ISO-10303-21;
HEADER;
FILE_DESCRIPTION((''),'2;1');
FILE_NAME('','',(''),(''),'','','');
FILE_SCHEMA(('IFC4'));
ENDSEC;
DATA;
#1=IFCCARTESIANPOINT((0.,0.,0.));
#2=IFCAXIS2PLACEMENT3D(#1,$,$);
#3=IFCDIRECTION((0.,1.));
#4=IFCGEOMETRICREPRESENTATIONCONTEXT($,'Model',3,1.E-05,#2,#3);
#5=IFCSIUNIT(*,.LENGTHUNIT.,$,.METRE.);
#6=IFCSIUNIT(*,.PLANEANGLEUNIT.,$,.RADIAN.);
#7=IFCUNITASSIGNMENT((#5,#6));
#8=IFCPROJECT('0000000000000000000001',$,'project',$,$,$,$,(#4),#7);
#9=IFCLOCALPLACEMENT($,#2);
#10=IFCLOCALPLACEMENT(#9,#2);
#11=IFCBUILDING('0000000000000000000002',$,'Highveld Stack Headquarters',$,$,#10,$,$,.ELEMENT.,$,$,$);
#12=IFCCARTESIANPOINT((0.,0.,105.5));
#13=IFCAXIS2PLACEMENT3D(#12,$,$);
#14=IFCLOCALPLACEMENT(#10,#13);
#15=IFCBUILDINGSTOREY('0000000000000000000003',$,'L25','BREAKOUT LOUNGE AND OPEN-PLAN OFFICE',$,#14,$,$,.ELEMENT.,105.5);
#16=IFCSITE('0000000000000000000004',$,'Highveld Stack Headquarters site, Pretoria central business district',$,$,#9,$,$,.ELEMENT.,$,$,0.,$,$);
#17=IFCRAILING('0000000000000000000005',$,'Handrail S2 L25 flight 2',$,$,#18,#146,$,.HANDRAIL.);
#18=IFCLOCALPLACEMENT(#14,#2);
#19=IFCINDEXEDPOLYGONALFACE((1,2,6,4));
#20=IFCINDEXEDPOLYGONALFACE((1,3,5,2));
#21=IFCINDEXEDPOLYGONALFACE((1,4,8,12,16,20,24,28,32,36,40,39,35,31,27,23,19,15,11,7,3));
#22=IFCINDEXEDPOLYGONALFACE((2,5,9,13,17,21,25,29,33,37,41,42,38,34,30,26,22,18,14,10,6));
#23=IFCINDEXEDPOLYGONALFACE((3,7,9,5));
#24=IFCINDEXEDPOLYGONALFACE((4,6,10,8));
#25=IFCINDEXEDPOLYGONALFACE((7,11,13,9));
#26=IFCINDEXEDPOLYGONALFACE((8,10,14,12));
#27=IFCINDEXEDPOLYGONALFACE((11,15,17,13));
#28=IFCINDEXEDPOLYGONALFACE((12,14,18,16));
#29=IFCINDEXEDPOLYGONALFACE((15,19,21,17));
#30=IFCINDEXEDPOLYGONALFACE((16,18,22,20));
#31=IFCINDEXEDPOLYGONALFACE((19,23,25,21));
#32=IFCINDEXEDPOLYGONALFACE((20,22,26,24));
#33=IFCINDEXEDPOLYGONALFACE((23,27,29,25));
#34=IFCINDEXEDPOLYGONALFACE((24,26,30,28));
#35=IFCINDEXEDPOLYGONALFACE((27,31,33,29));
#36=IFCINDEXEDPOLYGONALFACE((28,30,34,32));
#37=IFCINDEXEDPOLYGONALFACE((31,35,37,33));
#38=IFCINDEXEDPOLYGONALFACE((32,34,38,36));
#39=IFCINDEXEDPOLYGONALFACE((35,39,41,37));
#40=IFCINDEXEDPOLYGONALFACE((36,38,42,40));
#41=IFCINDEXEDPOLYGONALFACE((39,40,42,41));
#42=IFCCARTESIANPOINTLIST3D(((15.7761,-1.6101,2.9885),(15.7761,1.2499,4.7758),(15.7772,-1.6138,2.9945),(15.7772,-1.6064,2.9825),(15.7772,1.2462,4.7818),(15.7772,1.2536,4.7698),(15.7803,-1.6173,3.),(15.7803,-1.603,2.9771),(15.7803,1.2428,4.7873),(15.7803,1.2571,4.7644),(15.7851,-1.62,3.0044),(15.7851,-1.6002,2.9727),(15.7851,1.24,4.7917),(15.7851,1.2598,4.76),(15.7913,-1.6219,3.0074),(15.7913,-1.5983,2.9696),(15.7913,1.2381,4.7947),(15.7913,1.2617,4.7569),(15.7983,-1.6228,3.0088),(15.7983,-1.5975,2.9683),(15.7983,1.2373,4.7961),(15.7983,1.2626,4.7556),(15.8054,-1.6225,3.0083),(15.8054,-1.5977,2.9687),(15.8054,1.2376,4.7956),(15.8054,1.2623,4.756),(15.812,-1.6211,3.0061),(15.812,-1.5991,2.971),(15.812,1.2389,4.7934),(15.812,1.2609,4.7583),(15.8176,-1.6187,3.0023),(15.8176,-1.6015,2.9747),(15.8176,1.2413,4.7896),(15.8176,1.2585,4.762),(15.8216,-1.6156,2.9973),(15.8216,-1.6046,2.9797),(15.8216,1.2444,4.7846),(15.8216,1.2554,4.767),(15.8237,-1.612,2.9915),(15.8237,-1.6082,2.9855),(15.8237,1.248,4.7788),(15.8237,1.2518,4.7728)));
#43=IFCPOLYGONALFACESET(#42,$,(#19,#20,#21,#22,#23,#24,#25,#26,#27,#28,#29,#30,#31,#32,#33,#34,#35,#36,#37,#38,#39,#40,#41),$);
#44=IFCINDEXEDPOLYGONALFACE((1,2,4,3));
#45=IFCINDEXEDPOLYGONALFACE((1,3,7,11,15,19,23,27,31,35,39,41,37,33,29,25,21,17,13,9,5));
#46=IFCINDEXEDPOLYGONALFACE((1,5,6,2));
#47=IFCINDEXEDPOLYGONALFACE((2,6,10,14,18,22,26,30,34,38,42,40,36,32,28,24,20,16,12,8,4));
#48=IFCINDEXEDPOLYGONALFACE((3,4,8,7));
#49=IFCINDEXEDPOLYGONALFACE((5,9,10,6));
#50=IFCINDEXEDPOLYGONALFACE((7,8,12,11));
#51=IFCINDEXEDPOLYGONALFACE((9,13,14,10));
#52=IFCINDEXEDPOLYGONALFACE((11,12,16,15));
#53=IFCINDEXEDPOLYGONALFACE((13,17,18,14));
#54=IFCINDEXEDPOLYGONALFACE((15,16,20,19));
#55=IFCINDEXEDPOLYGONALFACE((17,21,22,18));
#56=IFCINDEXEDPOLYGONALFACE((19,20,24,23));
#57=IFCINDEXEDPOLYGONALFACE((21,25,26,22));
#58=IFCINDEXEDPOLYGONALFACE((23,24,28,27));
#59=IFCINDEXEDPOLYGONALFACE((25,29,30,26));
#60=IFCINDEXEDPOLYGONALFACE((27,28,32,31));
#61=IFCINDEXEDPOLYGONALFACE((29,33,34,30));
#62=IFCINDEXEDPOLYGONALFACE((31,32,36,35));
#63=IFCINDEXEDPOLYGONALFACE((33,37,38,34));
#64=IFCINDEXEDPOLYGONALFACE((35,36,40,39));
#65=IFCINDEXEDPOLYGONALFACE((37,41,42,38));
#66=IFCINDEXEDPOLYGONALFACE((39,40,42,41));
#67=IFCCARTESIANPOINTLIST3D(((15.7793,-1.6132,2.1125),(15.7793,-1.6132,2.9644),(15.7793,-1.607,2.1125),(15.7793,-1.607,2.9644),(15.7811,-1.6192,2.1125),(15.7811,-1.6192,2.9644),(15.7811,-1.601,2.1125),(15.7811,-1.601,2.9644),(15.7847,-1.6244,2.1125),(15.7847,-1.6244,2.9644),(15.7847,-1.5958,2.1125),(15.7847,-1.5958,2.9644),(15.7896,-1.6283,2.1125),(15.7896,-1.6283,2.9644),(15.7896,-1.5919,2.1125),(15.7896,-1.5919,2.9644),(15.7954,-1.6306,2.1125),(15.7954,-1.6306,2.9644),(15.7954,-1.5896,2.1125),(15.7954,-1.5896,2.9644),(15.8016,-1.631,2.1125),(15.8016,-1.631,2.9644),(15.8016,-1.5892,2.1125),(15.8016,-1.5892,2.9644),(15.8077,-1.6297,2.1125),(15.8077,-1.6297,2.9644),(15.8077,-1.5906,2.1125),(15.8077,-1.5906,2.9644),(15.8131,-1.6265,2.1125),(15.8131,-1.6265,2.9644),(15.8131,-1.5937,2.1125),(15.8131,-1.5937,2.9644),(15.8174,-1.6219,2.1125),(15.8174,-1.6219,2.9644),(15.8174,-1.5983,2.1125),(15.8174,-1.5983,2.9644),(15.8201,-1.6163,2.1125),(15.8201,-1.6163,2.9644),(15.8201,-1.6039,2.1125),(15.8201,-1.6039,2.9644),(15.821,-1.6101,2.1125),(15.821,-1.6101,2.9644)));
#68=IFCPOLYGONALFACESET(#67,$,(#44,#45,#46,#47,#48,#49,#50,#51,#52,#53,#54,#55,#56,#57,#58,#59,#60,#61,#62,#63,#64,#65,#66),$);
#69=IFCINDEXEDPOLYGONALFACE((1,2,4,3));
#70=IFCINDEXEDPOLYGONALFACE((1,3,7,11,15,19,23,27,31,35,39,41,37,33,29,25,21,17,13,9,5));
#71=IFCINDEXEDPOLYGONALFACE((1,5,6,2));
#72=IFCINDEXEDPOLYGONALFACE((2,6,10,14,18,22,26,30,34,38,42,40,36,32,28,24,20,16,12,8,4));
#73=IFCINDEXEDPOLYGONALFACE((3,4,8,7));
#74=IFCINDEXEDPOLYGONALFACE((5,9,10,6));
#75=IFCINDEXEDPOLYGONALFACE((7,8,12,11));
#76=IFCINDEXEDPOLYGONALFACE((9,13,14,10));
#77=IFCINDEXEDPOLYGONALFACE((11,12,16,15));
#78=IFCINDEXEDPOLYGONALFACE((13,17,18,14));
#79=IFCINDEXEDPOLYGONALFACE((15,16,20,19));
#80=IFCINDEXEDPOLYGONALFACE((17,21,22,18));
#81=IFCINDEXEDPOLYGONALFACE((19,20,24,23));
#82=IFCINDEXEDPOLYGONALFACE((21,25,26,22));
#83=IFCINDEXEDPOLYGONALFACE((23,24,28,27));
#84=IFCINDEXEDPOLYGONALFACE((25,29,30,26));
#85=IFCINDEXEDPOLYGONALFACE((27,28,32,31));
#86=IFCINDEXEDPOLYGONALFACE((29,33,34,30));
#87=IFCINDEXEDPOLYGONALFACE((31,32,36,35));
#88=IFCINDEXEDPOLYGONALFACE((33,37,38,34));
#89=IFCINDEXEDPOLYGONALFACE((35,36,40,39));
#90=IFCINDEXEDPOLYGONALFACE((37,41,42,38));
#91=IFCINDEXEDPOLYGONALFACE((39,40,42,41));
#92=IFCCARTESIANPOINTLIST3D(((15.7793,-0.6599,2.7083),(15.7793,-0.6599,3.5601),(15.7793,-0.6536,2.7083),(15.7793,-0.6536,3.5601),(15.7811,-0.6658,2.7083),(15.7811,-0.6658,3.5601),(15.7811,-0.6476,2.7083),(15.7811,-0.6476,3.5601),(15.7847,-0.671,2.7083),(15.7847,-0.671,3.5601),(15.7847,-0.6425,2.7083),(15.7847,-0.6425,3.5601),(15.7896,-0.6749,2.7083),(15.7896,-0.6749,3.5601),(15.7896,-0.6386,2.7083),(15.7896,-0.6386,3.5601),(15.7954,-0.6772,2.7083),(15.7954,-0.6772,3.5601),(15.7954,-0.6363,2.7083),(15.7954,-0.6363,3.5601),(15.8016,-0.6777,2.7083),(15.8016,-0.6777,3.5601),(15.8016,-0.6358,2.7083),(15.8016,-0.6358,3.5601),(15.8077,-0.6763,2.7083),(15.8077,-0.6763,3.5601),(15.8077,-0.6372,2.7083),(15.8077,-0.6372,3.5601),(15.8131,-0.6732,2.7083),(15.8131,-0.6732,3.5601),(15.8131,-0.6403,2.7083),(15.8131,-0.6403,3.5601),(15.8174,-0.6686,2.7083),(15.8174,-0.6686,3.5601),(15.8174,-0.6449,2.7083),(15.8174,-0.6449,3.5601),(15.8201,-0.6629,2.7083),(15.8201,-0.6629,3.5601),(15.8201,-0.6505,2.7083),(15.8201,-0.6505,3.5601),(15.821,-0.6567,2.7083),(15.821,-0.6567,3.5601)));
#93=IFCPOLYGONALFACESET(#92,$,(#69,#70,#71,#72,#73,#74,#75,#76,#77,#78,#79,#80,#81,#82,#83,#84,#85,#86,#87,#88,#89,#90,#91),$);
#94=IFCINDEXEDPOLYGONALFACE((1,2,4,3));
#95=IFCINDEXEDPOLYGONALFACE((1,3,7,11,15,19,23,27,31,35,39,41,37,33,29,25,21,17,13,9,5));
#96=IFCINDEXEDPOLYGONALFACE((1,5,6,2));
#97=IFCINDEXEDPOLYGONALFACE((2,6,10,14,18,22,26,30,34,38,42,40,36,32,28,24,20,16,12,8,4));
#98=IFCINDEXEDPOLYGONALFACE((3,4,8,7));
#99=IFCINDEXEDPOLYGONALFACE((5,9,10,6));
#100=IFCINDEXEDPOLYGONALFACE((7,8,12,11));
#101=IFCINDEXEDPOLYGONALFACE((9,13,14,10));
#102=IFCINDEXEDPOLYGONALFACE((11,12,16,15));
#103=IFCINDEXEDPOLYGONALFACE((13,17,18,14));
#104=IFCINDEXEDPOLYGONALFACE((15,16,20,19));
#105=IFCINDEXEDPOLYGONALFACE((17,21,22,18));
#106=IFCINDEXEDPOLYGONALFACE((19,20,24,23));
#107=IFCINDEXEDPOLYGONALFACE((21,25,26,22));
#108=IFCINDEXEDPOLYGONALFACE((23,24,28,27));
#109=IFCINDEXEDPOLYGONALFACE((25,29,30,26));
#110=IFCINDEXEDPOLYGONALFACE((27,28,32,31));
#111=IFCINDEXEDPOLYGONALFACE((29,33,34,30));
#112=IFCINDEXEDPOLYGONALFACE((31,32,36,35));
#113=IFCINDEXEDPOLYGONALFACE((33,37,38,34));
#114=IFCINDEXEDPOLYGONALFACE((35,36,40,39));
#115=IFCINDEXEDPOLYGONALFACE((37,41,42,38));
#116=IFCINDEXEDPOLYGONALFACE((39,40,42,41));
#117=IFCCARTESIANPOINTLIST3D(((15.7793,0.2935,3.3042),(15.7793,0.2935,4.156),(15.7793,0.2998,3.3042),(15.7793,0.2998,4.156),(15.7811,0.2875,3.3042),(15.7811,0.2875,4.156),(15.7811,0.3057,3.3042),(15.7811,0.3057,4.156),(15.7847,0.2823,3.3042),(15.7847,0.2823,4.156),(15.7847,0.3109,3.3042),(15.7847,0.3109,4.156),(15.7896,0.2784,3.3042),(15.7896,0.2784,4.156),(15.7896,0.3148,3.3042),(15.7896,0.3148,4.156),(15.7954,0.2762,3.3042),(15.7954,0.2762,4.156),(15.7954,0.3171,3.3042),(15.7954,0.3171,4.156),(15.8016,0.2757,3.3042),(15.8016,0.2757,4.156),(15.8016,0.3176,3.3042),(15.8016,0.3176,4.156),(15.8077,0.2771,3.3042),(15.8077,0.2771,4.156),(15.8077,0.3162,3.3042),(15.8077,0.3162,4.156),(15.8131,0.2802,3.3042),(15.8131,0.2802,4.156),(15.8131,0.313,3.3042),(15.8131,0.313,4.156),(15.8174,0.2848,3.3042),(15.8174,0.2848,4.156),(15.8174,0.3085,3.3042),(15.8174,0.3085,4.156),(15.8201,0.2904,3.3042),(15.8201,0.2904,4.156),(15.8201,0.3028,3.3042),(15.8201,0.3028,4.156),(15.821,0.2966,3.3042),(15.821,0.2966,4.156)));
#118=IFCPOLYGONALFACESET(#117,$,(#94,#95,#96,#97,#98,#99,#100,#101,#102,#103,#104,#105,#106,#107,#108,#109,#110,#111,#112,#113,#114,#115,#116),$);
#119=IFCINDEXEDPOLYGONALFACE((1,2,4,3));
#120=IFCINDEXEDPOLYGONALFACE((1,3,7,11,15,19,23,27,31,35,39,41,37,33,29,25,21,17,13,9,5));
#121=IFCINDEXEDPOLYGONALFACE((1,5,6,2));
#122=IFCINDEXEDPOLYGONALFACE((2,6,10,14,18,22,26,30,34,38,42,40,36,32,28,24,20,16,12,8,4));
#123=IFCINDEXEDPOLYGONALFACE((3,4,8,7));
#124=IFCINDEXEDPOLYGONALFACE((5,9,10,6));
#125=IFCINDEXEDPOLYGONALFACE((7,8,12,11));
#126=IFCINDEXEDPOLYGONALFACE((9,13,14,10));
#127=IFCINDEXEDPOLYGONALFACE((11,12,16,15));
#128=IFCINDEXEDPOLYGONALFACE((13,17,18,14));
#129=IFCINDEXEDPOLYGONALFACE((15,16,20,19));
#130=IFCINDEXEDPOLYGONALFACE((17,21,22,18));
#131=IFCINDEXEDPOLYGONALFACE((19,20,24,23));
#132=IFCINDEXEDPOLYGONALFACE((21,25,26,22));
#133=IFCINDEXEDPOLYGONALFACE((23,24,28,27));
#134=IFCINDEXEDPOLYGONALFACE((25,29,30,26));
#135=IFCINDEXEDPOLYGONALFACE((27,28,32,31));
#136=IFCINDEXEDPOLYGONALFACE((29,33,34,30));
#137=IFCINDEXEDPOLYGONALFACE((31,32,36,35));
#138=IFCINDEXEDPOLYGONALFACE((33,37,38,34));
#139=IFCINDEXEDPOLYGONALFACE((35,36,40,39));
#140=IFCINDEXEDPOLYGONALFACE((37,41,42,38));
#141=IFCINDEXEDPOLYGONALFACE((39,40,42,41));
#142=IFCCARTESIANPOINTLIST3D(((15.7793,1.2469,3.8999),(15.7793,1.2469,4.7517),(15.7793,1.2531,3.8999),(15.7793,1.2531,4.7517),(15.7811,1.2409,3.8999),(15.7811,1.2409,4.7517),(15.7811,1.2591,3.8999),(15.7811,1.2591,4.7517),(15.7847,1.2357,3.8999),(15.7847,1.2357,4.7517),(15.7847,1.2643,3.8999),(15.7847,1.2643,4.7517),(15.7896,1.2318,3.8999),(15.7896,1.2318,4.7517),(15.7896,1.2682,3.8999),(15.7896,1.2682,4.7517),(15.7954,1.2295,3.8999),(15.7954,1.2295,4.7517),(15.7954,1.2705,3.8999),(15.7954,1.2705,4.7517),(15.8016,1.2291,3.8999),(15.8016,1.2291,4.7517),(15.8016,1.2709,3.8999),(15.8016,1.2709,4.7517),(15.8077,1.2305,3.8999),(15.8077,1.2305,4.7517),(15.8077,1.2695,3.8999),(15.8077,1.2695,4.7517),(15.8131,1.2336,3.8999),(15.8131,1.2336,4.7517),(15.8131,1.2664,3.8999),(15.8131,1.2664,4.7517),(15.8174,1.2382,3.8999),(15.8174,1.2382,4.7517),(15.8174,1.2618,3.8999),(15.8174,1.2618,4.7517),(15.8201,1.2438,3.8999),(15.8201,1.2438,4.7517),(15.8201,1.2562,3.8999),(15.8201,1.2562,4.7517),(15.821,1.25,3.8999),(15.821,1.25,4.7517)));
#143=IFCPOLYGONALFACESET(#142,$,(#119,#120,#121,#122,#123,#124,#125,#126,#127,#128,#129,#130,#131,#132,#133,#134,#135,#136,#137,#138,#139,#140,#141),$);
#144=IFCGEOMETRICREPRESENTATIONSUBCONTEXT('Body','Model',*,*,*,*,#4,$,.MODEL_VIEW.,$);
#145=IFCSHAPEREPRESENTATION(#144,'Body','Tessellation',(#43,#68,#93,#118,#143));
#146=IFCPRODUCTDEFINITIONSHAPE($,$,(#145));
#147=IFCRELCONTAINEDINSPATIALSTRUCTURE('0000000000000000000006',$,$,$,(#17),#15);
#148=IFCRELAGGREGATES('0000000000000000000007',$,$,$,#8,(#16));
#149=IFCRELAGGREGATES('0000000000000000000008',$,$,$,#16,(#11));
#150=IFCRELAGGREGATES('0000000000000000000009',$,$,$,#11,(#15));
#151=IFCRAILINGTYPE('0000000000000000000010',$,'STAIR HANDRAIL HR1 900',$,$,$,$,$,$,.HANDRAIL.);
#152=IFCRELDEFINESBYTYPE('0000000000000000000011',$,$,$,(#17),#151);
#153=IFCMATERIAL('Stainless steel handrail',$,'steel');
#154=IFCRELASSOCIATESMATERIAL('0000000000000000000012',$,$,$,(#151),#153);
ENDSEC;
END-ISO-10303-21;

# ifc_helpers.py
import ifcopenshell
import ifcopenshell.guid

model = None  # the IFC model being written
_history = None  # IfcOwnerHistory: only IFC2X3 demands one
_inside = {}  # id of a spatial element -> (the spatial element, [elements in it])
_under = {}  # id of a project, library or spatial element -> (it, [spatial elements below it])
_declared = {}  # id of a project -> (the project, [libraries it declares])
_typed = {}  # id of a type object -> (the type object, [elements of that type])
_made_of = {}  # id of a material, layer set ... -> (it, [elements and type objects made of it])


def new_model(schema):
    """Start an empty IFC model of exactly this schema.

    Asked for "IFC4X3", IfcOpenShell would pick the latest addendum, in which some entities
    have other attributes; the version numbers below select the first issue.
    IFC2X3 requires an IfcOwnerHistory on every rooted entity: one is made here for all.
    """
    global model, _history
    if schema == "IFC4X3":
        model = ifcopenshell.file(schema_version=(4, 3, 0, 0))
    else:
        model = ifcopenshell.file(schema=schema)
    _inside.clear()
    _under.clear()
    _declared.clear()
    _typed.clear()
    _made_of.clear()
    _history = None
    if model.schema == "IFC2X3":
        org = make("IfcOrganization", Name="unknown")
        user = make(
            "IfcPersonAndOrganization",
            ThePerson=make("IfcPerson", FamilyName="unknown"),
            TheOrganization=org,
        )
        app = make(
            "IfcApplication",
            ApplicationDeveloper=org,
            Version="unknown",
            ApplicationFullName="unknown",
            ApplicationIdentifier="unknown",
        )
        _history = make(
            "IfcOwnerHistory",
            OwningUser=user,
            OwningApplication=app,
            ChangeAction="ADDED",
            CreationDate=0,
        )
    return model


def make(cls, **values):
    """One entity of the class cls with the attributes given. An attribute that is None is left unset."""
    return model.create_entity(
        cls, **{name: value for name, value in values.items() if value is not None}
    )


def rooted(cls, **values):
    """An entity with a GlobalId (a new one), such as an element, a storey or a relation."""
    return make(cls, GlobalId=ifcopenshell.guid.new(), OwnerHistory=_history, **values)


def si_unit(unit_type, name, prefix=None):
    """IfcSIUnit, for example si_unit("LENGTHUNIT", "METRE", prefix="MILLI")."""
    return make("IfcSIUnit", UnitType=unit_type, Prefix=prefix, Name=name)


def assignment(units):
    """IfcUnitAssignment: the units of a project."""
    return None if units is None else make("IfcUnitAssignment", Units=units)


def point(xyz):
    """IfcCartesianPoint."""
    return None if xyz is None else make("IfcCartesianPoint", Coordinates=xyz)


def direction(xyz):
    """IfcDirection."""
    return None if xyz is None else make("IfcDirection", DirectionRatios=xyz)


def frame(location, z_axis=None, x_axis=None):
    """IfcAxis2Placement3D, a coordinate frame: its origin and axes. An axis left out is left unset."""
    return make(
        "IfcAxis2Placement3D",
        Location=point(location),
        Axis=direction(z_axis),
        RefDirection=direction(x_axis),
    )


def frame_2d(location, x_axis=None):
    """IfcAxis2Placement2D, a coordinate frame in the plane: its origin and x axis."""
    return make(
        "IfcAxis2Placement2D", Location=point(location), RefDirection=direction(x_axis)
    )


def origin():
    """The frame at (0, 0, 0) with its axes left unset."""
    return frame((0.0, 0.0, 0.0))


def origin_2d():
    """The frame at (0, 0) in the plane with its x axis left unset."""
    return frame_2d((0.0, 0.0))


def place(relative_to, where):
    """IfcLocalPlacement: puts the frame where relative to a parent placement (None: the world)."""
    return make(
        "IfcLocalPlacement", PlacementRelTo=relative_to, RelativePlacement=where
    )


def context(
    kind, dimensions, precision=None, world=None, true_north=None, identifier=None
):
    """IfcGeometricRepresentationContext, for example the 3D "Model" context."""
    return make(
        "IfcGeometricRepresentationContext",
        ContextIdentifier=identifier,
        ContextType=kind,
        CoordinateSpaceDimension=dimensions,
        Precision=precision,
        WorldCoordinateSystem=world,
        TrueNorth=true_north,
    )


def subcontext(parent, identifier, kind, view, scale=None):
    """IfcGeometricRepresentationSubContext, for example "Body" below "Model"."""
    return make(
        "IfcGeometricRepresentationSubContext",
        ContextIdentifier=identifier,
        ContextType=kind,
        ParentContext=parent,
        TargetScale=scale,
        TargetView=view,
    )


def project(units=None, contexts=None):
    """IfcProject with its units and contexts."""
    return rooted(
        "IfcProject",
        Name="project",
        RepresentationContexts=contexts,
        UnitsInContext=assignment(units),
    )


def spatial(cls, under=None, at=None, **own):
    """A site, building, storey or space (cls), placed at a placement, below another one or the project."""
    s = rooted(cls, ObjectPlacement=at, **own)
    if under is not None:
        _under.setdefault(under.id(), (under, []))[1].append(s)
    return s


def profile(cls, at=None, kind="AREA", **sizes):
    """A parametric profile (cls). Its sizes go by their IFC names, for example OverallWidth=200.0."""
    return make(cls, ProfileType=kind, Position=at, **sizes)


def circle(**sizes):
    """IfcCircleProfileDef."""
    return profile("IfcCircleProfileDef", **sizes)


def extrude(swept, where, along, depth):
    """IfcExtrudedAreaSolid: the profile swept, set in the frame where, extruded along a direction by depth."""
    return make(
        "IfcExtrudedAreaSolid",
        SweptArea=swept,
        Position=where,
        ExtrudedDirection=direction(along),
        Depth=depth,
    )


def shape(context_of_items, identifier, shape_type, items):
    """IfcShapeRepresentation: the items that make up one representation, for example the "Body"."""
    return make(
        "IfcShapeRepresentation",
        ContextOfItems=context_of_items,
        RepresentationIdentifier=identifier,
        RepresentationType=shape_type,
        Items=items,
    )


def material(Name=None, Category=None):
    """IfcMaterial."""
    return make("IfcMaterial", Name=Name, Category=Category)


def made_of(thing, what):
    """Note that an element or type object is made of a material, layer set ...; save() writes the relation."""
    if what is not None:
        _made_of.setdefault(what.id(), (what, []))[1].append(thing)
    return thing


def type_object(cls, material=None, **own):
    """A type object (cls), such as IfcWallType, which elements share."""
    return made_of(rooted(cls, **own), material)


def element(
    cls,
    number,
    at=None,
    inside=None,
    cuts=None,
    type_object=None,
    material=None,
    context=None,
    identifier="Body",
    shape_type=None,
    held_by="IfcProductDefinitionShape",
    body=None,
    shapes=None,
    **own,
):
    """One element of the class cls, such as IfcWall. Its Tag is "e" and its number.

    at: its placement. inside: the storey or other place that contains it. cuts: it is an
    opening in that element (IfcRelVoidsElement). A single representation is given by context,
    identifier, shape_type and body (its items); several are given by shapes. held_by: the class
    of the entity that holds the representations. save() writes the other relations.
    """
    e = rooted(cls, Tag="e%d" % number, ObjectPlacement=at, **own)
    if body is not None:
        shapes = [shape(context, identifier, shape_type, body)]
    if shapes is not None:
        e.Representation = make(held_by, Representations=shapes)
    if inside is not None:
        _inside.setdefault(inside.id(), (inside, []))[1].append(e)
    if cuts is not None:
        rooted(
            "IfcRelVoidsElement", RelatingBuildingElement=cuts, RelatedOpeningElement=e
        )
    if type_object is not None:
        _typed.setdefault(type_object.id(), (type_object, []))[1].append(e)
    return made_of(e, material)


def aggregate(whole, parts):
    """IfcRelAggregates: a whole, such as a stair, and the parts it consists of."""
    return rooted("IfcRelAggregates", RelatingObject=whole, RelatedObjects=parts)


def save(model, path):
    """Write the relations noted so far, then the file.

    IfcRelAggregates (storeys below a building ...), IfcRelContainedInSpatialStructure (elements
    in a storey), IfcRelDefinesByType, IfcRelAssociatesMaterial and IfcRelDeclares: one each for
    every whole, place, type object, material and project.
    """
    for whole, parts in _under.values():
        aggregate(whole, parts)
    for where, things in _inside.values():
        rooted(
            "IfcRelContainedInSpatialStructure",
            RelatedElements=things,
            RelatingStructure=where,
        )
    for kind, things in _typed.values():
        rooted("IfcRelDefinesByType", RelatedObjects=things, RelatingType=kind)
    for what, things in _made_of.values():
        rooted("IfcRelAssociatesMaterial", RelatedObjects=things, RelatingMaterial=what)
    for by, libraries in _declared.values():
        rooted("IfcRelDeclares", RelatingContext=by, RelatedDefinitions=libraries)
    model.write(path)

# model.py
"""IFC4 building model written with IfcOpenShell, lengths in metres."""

from ifc_helpers import new_model, si_unit, direction, frame, origin, origin_2d, place, context, subcontext, project, spatial, circle, extrude, material, type_object, element, save


model = new_model("IFC4")

# Units and contexts
model_context = context("Model", 3, precision=1e-05, world=origin(), true_north=direction((0.0, 1.0)))
body_context = subcontext(model_context, "Body", "Model", "MODEL_VIEW")
ifc_project = project(units=[si_unit("LENGTHUNIT", "METRE"), si_unit("PLANEANGLEUNIT", "RADIAN")], contexts=[model_context])

# Site, building, storey
site_placement = place(None, origin())
site = spatial("IfcSite", under=ifc_project, at=site_placement, Name="Highveld Stack Headquarters site, Pretoria central business district", CompositionType="ELEMENT", RefElevation=0.0)
building_placement = place(site_placement, origin())
building = spatial("IfcBuilding", under=site, at=building_placement, Name="Highveld Stack Headquarters", CompositionType="ELEMENT")
storey_placement = place(building_placement, frame((0.0, 0.0, 105.5)))
storey = spatial("IfcBuildingStorey", under=building, at=storey_placement, Name="L25", Description="BREAKOUT LOUNGE AND OPEN-PLAN OFFICE", CompositionType="ELEMENT", Elevation=105.5)

# Railing
ifc_material_1 = material(Name="Stainless steel handrail", Category="steel")
railing_type = type_object("IfcRailingType", Name="STAIR HANDRAIL HR1 900", PredefinedType="HANDRAIL", material=ifc_material_1)
railing_placement = place(storey_placement, frame((15.8, -1.6101, 2.1125)))
element("IfcRailing", 1, at=railing_placement, inside=storey, type_object=railing_type, Name="Handrail S2 L25 flight 2", PredefinedType="HANDRAIL", context=body_context, shape_type="SweptSolid", body=[
    extrude(circle(Radius=0.0239, at=origin_2d()), frame((0.0, 0.0, 0.876), z_axis=(0.0, 0.848027, 0.529953), x_axis=(-1.0, 0.0, 0.0)), (0.0, 0.0, 1.0), 3.3726),
    extrude(circle(Radius=0.021, at=origin_2d()), origin(), (0.0, 0.0, 1.0), 0.8518),
    extrude(circle(Radius=0.021, at=origin_2d()), frame((0.0, 0.9534, 0.5957)), (0.0, 0.0, 1.0), 0.8518),
    extrude(circle(Radius=0.021, at=origin_2d()), frame((0.0, 1.9067, 1.1917)), (0.0, 0.0, 1.0), 0.8518),
    extrude(circle(Radius=0.021, at=origin_2d()), frame((0.0, 2.8601, 1.7874)), (0.0, 0.0, 1.0), 0.8518),
])

save(model, "model.ifc")
